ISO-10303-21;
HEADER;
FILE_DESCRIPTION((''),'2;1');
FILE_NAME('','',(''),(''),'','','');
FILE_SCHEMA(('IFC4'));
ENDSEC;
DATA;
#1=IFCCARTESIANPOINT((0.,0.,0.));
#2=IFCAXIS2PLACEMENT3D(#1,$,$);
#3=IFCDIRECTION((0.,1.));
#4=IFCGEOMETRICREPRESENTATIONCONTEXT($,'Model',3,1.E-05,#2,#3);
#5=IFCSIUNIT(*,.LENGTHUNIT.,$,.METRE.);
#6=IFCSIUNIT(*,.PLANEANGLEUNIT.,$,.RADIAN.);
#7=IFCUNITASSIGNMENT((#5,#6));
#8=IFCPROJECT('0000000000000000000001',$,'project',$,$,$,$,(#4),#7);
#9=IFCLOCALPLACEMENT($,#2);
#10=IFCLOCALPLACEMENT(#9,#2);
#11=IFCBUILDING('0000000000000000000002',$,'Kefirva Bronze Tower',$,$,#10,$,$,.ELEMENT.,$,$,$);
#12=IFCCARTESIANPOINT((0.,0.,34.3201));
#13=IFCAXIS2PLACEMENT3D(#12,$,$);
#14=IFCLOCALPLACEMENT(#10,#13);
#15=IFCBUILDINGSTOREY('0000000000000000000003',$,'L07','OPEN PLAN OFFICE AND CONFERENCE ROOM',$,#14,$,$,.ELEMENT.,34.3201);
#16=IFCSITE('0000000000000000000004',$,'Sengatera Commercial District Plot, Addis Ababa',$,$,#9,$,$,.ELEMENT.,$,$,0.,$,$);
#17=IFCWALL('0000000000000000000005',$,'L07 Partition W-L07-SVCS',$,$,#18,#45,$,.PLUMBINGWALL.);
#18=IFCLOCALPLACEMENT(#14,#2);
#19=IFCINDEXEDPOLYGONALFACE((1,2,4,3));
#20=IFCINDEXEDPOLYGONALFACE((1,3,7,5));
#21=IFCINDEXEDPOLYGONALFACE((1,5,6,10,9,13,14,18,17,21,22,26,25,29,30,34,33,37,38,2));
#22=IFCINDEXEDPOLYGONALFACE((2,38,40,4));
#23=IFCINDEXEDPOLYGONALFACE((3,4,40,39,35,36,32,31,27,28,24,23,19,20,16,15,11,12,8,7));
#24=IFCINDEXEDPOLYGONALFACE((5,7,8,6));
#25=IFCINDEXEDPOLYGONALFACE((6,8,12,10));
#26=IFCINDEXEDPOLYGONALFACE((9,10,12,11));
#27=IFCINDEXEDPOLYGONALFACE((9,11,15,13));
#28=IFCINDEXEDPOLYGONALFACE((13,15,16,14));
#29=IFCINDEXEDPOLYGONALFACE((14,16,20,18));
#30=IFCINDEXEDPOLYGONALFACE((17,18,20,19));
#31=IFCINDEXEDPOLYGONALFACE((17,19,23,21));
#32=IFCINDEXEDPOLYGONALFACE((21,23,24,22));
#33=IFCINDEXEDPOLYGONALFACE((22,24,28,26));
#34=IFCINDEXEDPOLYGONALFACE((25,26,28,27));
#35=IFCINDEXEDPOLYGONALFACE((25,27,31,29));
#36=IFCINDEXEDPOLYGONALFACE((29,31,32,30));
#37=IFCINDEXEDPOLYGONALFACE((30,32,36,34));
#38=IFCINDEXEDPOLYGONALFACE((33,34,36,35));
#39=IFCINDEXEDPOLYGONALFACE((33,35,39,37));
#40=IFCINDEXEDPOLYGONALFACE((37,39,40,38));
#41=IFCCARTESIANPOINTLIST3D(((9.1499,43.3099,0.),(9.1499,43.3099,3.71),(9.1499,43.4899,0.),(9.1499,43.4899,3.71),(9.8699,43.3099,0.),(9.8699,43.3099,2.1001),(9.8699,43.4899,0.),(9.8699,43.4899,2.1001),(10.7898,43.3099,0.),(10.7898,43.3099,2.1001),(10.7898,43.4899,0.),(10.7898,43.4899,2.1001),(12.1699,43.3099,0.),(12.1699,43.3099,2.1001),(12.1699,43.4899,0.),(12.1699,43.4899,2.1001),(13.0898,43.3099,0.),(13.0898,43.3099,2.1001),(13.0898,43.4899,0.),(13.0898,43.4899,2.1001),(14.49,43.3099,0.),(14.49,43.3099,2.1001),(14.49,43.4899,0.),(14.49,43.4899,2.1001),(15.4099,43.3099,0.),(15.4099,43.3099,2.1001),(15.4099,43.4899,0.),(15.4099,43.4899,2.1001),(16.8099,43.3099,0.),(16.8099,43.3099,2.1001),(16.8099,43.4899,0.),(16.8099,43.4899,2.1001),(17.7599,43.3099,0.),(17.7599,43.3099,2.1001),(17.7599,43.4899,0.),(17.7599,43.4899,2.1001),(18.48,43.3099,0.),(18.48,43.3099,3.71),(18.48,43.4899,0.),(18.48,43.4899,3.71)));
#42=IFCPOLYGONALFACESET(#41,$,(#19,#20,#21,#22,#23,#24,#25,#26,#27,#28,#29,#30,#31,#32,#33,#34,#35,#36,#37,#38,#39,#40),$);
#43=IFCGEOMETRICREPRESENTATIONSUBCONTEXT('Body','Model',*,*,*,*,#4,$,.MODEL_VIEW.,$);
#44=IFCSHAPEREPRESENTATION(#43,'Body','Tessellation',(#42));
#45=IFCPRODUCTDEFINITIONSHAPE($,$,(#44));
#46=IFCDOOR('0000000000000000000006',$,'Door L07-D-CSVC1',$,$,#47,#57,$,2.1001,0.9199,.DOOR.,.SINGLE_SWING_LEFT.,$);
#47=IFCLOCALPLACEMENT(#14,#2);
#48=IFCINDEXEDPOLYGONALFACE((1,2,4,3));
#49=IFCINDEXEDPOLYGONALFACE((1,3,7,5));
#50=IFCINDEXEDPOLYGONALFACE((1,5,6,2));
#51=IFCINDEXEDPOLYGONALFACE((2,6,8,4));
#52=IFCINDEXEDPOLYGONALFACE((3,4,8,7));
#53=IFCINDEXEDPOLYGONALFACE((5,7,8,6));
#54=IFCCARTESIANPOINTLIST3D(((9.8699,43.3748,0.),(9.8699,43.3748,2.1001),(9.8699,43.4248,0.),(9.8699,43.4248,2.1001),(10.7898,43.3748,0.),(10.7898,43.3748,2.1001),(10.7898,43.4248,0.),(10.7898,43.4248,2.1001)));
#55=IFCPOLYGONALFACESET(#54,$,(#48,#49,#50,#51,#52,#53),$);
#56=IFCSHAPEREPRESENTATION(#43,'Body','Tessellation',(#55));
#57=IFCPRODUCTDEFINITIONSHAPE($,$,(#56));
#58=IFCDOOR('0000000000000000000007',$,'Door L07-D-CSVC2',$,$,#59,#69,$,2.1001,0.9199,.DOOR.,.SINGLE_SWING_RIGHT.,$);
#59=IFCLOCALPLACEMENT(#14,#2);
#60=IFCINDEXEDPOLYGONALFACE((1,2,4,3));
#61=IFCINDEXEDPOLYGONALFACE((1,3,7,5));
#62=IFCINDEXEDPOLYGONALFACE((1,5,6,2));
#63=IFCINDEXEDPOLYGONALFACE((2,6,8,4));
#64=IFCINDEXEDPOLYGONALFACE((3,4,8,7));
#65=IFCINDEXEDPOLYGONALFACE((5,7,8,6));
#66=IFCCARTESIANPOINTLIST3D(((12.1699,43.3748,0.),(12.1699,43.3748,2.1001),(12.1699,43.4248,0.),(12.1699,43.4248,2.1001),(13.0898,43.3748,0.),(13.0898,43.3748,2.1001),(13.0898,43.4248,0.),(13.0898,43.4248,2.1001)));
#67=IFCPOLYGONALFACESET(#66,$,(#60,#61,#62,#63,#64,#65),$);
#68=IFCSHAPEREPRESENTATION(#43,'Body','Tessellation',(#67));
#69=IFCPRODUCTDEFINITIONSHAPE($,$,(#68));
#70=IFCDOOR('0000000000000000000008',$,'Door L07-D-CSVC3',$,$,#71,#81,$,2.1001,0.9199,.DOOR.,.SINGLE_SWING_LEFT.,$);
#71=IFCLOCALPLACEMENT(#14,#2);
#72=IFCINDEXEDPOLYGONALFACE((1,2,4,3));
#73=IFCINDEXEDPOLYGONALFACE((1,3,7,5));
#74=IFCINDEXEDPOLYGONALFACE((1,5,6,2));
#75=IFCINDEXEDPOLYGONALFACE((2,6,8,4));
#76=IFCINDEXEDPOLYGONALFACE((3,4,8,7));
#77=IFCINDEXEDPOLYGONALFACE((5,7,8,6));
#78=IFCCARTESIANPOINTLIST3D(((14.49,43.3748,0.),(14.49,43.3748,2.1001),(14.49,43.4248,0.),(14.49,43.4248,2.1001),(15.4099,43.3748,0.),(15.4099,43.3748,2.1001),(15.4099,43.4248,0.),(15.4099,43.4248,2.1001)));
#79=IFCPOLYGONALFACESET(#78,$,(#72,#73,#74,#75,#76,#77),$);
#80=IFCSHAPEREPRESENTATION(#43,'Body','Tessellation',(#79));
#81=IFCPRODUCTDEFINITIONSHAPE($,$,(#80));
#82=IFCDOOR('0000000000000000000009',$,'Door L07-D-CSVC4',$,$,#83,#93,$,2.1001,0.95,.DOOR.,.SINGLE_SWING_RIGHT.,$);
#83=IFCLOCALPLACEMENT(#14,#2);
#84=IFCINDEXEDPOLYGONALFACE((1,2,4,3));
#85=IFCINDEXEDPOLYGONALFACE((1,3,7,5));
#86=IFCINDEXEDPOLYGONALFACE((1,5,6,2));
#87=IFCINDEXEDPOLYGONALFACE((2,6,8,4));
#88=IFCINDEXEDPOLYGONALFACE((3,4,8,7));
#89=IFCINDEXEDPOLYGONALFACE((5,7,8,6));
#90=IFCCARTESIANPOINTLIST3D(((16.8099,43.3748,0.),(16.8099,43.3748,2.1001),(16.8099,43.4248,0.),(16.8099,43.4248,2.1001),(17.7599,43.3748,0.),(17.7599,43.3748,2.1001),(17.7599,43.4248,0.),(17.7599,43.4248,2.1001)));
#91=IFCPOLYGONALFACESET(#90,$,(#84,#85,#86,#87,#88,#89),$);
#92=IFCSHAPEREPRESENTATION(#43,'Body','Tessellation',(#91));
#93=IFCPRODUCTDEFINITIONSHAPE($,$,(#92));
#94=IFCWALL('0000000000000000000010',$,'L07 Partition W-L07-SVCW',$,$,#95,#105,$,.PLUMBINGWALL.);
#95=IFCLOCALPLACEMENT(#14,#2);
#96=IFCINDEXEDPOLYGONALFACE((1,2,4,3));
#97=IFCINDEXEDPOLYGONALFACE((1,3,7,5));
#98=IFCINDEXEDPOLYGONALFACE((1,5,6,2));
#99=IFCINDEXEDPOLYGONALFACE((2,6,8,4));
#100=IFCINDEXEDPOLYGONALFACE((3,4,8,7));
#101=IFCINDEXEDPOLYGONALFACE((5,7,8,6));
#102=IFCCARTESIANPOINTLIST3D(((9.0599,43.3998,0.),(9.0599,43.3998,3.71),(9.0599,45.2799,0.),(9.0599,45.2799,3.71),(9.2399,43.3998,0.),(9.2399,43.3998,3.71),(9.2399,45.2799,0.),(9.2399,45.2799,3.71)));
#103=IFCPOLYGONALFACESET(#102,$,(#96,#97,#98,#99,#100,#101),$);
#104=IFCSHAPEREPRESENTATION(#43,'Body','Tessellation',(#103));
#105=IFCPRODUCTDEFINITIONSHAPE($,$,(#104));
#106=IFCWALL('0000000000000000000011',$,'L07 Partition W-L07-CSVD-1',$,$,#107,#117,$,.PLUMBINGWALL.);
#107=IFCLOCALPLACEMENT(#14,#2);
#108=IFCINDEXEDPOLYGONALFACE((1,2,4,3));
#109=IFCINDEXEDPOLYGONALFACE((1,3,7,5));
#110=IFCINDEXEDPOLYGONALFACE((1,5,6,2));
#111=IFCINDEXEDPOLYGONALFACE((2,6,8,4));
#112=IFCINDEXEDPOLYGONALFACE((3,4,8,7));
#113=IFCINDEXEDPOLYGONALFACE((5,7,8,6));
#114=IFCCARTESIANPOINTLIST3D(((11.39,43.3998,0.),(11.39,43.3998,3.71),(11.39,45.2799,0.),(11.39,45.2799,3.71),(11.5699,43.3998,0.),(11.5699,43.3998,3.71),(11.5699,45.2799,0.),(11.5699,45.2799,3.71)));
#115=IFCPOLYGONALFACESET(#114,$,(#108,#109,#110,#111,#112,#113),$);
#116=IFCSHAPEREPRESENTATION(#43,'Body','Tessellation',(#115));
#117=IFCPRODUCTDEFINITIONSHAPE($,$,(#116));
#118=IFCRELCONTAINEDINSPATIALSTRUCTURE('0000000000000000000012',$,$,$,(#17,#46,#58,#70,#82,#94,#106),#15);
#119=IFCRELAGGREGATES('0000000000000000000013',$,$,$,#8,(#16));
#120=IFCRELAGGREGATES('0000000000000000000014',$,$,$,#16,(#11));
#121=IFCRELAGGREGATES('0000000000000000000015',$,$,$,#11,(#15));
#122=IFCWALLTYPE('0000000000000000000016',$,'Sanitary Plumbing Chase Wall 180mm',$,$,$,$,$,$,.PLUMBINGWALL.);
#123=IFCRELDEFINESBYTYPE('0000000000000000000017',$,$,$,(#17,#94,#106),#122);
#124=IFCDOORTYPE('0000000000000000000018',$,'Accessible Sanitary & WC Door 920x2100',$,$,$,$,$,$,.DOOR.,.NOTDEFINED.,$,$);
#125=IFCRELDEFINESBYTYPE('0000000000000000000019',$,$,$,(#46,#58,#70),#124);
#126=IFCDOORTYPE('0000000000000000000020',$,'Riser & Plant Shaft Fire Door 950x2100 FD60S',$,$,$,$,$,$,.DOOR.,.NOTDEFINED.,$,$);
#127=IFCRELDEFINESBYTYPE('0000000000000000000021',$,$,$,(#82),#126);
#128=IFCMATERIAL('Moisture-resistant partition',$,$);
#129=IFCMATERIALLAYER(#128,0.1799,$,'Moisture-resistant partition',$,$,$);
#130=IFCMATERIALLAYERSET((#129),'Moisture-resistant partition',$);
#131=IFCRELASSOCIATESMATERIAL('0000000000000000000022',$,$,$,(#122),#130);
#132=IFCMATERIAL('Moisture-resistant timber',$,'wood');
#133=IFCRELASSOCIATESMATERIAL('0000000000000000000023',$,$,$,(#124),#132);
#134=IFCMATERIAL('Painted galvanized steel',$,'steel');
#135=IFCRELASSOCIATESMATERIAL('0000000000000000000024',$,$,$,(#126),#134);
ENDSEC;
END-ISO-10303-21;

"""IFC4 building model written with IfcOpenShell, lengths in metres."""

from ifc_helpers import new_model, si_unit, direction, frame, frame_2d, origin, place, context, subcontext, project, spatial, rectangle, extrude, material, layer, layer_set, type_object, element, fill, save


model = new_model("IFC4")

# Units and contexts
model_context = context("Model", 3, precision=1e-05, world=origin(), true_north=direction((0.0, 1.0)))
body_context = subcontext(model_context, "Body", "Model", "MODEL_VIEW")
ifc_project = project(units=[si_unit("LENGTHUNIT", "METRE"), si_unit("PLANEANGLEUNIT", "RADIAN")], contexts=[model_context])

# Site, building, storey
site_placement = place(None, origin())
site = spatial("IfcSite", under=ifc_project, at=site_placement, Name="Sengatera Commercial District Plot, Addis Ababa", CompositionType="ELEMENT", RefElevation=0.0)
building_placement = place(site_placement, origin())
building = spatial("IfcBuilding", under=site, at=building_placement, Name="Kefirva Bronze Tower", CompositionType="ELEMENT")
storey_placement = place(building_placement, frame((0.0, 0.0, 34.3201)))
storey = spatial("IfcBuildingStorey", under=building, at=storey_placement, Name="L07", Description="OPEN PLAN OFFICE AND CONFERENCE ROOM", CompositionType="ELEMENT", Elevation=34.3201)

# Wall, openings, doors
ifc_material_1 = material(Name="Moisture-resistant partition")
ifc_layer_1 = layer(ifc_material_1, 0.1799, Name="Moisture-resistant partition")
ifc_layer_set_1 = layer_set([ifc_layer_1], Name="Moisture-resistant partition")
wall_type_1 = type_object("IfcWallType", Name="Sanitary Plumbing Chase Wall 180mm", PredefinedType="PLUMBINGWALL", material=ifc_layer_set_1)
wall_1_placement = place(storey_placement, frame((9.1499, 43.3999, 0.0), z_axis=(0.0, 0.0, 1.0), x_axis=(1.0, 0.0, 0.0)))
wall_1 = element("IfcWall", 1, at=wall_1_placement, inside=storey, type_object=wall_type_1, Name="L07 Partition W-L07-SVCS", PredefinedType="PLUMBINGWALL", context=body_context, shape_type="SweptSolid", body=[
    extrude(rectangle(XDim=9.3301, YDim=0.1799, at=frame_2d((4.665, 0.0))), origin(), (0.0, 0.0, 1.0), 3.71),
])
opening_1_placement = place(wall_1_placement, frame((0.72, 0.0, 0.0)))
opening_1 = element("IfcOpeningElement", 2, at=opening_1_placement, cuts=wall_1, PredefinedType="OPENING", context=body_context, shape_type="SweptSolid", body=[
    extrude(rectangle(XDim=0.9199, YDim=2.1001, at=frame_2d((0.46, 1.05))), frame((0.0, 0.1001, 0.0), z_axis=(0.0, -1.0, 0.0), x_axis=(1.0, 0.0, 0.0)), (0.0, 0.0, 1.0), 0.2),
])
opening_2_placement = place(wall_1_placement, frame((3.02, 0.0, 0.0)))
opening_2 = element("IfcOpeningElement", 3, at=opening_2_placement, cuts=wall_1, PredefinedType="OPENING", context=body_context, shape_type="SweptSolid", body=[
    extrude(rectangle(XDim=0.9199, YDim=2.1001, at=frame_2d((0.46, 1.05))), frame((0.0, 0.1001, 0.0), z_axis=(0.0, -1.0, 0.0), x_axis=(1.0, 0.0, 0.0)), (0.0, 0.0, 1.0), 0.2),
])
opening_3_placement = place(wall_1_placement, frame((5.3401, 0.0, 0.0)))
opening_3 = element("IfcOpeningElement", 4, at=opening_3_placement, cuts=wall_1, PredefinedType="OPENING", context=body_context, shape_type="SweptSolid", body=[
    extrude(rectangle(XDim=0.9199, YDim=2.1001, at=frame_2d((0.46, 1.05))), frame((0.0, 0.1001, 0.0), z_axis=(0.0, -1.0, 0.0), x_axis=(1.0, 0.0, 0.0)), (0.0, 0.0, 1.0), 0.2),
])
opening_4_placement = place(wall_1_placement, frame((7.6599, 0.0, 0.0)))
opening_4 = element("IfcOpeningElement", 5, at=opening_4_placement, cuts=wall_1, PredefinedType="OPENING", context=body_context, shape_type="SweptSolid", body=[
    extrude(rectangle(XDim=0.95, YDim=2.1001, at=frame_2d((0.4751, 1.05))), frame((0.0, 0.1001, 0.0), z_axis=(0.0, -1.0, 0.0), x_axis=(1.0, 0.0, 0.0)), (0.0, 0.0, 1.0), 0.2),
])
ifc_material_2 = material(Name="Moisture-resistant timber", Category="wood")
door_type_1 = type_object("IfcDoorType", Name="Accessible Sanitary & WC Door 920x2100", OperationType="NOTDEFINED", PredefinedType="DOOR", material=ifc_material_2)
door_1_placement = place(opening_1_placement, origin())
door_1 = element("IfcDoor", 6, at=door_1_placement, inside=storey, type_object=door_type_1, Name="Door L07-D-CSVC1", OperationType="SINGLE_SWING_LEFT", OverallHeight=2.1001, OverallWidth=0.9199, PredefinedType="DOOR", context=body_context, shape_type="SweptSolid", body=[
    extrude(rectangle(XDim=0.9199, YDim=2.1001, at=frame_2d((0.46, 1.05))), frame((0.0, 0.0249, 0.0), z_axis=(0.0, -1.0, 0.0), x_axis=(1.0, 0.0, 0.0)), (0.0, 0.0, 1.0), 0.05),
])
fill(opening_1, door_1)
door_2_placement = place(opening_2_placement, origin())
door_2 = element("IfcDoor", 7, at=door_2_placement, inside=storey, type_object=door_type_1, Name="Door L07-D-CSVC2", OperationType="SINGLE_SWING_RIGHT", OverallHeight=2.1001, OverallWidth=0.9199, PredefinedType="DOOR", context=body_context, shape_type="SweptSolid", body=[
    extrude(rectangle(XDim=0.9199, YDim=2.1001, at=frame_2d((0.46, 1.05))), frame((0.0, 0.0249, 0.0), z_axis=(0.0, -1.0, 0.0), x_axis=(1.0, 0.0, 0.0)), (0.0, 0.0, 1.0), 0.05),
])
fill(opening_2, door_2)
door_3_placement = place(opening_3_placement, origin())
door_3 = element("IfcDoor", 8, at=door_3_placement, inside=storey, type_object=door_type_1, Name="Door L07-D-CSVC3", OperationType="SINGLE_SWING_LEFT", OverallHeight=2.1001, OverallWidth=0.9199, PredefinedType="DOOR", context=body_context, shape_type="SweptSolid", body=[
    extrude(rectangle(XDim=0.9199, YDim=2.1001, at=frame_2d((0.46, 1.05))), frame((0.0, 0.0249, 0.0), z_axis=(0.0, -1.0, 0.0), x_axis=(1.0, 0.0, 0.0)), (0.0, 0.0, 1.0), 0.05),
])
fill(opening_3, door_3)
ifc_material_3 = material(Name="Painted galvanized steel", Category="steel")
door_type_2 = type_object("IfcDoorType", Name="Riser & Plant Shaft Fire Door 950x2100 FD60S", OperationType="NOTDEFINED", PredefinedType="DOOR", material=ifc_material_3)
door_4_placement = place(opening_4_placement, origin())
door_4 = element("IfcDoor", 9, at=door_4_placement, inside=storey, type_object=door_type_2, Name="Door L07-D-CSVC4", OperationType="SINGLE_SWING_RIGHT", OverallHeight=2.1001, OverallWidth=0.95, PredefinedType="DOOR", context=body_context, shape_type="SweptSolid", body=[
    extrude(rectangle(XDim=0.95, YDim=2.1001, at=frame_2d((0.4751, 1.05))), frame((0.0, 0.0249, 0.0), z_axis=(0.0, -1.0, 0.0), x_axis=(1.0, 0.0, 0.0)), (0.0, 0.0, 1.0), 0.05),
])
fill(opening_4, door_4)

# Walls
for number, where, z_axis, x_axis, name in (
    (10, (9.1499, 43.3999, 0.0), (0.0, 0.0, 1.0), (0.0, 1.0, 0.0), "L07 Partition W-L07-SVCW"),
    (11, (11.48, 43.3999, 0.0), (0.0, 0.0, 1.0), (0.0, 1.0, 0.0), "L07 Partition W-L07-CSVD-1"),
):
    element("IfcWall", number, at=place(storey_placement, frame(where, z_axis=z_axis, x_axis=x_axis)), inside=storey, type_object=wall_type_1, Name=name, PredefinedType="PLUMBINGWALL", context=body_context, shape_type="SweptSolid", body=[
        extrude(rectangle(XDim=1.8801, YDim=0.1799, at=frame_2d((0.9399, 0.0))), origin(), (0.0, 0.0, 1.0), 3.71),
    ])

save(model, "model.ifc")
